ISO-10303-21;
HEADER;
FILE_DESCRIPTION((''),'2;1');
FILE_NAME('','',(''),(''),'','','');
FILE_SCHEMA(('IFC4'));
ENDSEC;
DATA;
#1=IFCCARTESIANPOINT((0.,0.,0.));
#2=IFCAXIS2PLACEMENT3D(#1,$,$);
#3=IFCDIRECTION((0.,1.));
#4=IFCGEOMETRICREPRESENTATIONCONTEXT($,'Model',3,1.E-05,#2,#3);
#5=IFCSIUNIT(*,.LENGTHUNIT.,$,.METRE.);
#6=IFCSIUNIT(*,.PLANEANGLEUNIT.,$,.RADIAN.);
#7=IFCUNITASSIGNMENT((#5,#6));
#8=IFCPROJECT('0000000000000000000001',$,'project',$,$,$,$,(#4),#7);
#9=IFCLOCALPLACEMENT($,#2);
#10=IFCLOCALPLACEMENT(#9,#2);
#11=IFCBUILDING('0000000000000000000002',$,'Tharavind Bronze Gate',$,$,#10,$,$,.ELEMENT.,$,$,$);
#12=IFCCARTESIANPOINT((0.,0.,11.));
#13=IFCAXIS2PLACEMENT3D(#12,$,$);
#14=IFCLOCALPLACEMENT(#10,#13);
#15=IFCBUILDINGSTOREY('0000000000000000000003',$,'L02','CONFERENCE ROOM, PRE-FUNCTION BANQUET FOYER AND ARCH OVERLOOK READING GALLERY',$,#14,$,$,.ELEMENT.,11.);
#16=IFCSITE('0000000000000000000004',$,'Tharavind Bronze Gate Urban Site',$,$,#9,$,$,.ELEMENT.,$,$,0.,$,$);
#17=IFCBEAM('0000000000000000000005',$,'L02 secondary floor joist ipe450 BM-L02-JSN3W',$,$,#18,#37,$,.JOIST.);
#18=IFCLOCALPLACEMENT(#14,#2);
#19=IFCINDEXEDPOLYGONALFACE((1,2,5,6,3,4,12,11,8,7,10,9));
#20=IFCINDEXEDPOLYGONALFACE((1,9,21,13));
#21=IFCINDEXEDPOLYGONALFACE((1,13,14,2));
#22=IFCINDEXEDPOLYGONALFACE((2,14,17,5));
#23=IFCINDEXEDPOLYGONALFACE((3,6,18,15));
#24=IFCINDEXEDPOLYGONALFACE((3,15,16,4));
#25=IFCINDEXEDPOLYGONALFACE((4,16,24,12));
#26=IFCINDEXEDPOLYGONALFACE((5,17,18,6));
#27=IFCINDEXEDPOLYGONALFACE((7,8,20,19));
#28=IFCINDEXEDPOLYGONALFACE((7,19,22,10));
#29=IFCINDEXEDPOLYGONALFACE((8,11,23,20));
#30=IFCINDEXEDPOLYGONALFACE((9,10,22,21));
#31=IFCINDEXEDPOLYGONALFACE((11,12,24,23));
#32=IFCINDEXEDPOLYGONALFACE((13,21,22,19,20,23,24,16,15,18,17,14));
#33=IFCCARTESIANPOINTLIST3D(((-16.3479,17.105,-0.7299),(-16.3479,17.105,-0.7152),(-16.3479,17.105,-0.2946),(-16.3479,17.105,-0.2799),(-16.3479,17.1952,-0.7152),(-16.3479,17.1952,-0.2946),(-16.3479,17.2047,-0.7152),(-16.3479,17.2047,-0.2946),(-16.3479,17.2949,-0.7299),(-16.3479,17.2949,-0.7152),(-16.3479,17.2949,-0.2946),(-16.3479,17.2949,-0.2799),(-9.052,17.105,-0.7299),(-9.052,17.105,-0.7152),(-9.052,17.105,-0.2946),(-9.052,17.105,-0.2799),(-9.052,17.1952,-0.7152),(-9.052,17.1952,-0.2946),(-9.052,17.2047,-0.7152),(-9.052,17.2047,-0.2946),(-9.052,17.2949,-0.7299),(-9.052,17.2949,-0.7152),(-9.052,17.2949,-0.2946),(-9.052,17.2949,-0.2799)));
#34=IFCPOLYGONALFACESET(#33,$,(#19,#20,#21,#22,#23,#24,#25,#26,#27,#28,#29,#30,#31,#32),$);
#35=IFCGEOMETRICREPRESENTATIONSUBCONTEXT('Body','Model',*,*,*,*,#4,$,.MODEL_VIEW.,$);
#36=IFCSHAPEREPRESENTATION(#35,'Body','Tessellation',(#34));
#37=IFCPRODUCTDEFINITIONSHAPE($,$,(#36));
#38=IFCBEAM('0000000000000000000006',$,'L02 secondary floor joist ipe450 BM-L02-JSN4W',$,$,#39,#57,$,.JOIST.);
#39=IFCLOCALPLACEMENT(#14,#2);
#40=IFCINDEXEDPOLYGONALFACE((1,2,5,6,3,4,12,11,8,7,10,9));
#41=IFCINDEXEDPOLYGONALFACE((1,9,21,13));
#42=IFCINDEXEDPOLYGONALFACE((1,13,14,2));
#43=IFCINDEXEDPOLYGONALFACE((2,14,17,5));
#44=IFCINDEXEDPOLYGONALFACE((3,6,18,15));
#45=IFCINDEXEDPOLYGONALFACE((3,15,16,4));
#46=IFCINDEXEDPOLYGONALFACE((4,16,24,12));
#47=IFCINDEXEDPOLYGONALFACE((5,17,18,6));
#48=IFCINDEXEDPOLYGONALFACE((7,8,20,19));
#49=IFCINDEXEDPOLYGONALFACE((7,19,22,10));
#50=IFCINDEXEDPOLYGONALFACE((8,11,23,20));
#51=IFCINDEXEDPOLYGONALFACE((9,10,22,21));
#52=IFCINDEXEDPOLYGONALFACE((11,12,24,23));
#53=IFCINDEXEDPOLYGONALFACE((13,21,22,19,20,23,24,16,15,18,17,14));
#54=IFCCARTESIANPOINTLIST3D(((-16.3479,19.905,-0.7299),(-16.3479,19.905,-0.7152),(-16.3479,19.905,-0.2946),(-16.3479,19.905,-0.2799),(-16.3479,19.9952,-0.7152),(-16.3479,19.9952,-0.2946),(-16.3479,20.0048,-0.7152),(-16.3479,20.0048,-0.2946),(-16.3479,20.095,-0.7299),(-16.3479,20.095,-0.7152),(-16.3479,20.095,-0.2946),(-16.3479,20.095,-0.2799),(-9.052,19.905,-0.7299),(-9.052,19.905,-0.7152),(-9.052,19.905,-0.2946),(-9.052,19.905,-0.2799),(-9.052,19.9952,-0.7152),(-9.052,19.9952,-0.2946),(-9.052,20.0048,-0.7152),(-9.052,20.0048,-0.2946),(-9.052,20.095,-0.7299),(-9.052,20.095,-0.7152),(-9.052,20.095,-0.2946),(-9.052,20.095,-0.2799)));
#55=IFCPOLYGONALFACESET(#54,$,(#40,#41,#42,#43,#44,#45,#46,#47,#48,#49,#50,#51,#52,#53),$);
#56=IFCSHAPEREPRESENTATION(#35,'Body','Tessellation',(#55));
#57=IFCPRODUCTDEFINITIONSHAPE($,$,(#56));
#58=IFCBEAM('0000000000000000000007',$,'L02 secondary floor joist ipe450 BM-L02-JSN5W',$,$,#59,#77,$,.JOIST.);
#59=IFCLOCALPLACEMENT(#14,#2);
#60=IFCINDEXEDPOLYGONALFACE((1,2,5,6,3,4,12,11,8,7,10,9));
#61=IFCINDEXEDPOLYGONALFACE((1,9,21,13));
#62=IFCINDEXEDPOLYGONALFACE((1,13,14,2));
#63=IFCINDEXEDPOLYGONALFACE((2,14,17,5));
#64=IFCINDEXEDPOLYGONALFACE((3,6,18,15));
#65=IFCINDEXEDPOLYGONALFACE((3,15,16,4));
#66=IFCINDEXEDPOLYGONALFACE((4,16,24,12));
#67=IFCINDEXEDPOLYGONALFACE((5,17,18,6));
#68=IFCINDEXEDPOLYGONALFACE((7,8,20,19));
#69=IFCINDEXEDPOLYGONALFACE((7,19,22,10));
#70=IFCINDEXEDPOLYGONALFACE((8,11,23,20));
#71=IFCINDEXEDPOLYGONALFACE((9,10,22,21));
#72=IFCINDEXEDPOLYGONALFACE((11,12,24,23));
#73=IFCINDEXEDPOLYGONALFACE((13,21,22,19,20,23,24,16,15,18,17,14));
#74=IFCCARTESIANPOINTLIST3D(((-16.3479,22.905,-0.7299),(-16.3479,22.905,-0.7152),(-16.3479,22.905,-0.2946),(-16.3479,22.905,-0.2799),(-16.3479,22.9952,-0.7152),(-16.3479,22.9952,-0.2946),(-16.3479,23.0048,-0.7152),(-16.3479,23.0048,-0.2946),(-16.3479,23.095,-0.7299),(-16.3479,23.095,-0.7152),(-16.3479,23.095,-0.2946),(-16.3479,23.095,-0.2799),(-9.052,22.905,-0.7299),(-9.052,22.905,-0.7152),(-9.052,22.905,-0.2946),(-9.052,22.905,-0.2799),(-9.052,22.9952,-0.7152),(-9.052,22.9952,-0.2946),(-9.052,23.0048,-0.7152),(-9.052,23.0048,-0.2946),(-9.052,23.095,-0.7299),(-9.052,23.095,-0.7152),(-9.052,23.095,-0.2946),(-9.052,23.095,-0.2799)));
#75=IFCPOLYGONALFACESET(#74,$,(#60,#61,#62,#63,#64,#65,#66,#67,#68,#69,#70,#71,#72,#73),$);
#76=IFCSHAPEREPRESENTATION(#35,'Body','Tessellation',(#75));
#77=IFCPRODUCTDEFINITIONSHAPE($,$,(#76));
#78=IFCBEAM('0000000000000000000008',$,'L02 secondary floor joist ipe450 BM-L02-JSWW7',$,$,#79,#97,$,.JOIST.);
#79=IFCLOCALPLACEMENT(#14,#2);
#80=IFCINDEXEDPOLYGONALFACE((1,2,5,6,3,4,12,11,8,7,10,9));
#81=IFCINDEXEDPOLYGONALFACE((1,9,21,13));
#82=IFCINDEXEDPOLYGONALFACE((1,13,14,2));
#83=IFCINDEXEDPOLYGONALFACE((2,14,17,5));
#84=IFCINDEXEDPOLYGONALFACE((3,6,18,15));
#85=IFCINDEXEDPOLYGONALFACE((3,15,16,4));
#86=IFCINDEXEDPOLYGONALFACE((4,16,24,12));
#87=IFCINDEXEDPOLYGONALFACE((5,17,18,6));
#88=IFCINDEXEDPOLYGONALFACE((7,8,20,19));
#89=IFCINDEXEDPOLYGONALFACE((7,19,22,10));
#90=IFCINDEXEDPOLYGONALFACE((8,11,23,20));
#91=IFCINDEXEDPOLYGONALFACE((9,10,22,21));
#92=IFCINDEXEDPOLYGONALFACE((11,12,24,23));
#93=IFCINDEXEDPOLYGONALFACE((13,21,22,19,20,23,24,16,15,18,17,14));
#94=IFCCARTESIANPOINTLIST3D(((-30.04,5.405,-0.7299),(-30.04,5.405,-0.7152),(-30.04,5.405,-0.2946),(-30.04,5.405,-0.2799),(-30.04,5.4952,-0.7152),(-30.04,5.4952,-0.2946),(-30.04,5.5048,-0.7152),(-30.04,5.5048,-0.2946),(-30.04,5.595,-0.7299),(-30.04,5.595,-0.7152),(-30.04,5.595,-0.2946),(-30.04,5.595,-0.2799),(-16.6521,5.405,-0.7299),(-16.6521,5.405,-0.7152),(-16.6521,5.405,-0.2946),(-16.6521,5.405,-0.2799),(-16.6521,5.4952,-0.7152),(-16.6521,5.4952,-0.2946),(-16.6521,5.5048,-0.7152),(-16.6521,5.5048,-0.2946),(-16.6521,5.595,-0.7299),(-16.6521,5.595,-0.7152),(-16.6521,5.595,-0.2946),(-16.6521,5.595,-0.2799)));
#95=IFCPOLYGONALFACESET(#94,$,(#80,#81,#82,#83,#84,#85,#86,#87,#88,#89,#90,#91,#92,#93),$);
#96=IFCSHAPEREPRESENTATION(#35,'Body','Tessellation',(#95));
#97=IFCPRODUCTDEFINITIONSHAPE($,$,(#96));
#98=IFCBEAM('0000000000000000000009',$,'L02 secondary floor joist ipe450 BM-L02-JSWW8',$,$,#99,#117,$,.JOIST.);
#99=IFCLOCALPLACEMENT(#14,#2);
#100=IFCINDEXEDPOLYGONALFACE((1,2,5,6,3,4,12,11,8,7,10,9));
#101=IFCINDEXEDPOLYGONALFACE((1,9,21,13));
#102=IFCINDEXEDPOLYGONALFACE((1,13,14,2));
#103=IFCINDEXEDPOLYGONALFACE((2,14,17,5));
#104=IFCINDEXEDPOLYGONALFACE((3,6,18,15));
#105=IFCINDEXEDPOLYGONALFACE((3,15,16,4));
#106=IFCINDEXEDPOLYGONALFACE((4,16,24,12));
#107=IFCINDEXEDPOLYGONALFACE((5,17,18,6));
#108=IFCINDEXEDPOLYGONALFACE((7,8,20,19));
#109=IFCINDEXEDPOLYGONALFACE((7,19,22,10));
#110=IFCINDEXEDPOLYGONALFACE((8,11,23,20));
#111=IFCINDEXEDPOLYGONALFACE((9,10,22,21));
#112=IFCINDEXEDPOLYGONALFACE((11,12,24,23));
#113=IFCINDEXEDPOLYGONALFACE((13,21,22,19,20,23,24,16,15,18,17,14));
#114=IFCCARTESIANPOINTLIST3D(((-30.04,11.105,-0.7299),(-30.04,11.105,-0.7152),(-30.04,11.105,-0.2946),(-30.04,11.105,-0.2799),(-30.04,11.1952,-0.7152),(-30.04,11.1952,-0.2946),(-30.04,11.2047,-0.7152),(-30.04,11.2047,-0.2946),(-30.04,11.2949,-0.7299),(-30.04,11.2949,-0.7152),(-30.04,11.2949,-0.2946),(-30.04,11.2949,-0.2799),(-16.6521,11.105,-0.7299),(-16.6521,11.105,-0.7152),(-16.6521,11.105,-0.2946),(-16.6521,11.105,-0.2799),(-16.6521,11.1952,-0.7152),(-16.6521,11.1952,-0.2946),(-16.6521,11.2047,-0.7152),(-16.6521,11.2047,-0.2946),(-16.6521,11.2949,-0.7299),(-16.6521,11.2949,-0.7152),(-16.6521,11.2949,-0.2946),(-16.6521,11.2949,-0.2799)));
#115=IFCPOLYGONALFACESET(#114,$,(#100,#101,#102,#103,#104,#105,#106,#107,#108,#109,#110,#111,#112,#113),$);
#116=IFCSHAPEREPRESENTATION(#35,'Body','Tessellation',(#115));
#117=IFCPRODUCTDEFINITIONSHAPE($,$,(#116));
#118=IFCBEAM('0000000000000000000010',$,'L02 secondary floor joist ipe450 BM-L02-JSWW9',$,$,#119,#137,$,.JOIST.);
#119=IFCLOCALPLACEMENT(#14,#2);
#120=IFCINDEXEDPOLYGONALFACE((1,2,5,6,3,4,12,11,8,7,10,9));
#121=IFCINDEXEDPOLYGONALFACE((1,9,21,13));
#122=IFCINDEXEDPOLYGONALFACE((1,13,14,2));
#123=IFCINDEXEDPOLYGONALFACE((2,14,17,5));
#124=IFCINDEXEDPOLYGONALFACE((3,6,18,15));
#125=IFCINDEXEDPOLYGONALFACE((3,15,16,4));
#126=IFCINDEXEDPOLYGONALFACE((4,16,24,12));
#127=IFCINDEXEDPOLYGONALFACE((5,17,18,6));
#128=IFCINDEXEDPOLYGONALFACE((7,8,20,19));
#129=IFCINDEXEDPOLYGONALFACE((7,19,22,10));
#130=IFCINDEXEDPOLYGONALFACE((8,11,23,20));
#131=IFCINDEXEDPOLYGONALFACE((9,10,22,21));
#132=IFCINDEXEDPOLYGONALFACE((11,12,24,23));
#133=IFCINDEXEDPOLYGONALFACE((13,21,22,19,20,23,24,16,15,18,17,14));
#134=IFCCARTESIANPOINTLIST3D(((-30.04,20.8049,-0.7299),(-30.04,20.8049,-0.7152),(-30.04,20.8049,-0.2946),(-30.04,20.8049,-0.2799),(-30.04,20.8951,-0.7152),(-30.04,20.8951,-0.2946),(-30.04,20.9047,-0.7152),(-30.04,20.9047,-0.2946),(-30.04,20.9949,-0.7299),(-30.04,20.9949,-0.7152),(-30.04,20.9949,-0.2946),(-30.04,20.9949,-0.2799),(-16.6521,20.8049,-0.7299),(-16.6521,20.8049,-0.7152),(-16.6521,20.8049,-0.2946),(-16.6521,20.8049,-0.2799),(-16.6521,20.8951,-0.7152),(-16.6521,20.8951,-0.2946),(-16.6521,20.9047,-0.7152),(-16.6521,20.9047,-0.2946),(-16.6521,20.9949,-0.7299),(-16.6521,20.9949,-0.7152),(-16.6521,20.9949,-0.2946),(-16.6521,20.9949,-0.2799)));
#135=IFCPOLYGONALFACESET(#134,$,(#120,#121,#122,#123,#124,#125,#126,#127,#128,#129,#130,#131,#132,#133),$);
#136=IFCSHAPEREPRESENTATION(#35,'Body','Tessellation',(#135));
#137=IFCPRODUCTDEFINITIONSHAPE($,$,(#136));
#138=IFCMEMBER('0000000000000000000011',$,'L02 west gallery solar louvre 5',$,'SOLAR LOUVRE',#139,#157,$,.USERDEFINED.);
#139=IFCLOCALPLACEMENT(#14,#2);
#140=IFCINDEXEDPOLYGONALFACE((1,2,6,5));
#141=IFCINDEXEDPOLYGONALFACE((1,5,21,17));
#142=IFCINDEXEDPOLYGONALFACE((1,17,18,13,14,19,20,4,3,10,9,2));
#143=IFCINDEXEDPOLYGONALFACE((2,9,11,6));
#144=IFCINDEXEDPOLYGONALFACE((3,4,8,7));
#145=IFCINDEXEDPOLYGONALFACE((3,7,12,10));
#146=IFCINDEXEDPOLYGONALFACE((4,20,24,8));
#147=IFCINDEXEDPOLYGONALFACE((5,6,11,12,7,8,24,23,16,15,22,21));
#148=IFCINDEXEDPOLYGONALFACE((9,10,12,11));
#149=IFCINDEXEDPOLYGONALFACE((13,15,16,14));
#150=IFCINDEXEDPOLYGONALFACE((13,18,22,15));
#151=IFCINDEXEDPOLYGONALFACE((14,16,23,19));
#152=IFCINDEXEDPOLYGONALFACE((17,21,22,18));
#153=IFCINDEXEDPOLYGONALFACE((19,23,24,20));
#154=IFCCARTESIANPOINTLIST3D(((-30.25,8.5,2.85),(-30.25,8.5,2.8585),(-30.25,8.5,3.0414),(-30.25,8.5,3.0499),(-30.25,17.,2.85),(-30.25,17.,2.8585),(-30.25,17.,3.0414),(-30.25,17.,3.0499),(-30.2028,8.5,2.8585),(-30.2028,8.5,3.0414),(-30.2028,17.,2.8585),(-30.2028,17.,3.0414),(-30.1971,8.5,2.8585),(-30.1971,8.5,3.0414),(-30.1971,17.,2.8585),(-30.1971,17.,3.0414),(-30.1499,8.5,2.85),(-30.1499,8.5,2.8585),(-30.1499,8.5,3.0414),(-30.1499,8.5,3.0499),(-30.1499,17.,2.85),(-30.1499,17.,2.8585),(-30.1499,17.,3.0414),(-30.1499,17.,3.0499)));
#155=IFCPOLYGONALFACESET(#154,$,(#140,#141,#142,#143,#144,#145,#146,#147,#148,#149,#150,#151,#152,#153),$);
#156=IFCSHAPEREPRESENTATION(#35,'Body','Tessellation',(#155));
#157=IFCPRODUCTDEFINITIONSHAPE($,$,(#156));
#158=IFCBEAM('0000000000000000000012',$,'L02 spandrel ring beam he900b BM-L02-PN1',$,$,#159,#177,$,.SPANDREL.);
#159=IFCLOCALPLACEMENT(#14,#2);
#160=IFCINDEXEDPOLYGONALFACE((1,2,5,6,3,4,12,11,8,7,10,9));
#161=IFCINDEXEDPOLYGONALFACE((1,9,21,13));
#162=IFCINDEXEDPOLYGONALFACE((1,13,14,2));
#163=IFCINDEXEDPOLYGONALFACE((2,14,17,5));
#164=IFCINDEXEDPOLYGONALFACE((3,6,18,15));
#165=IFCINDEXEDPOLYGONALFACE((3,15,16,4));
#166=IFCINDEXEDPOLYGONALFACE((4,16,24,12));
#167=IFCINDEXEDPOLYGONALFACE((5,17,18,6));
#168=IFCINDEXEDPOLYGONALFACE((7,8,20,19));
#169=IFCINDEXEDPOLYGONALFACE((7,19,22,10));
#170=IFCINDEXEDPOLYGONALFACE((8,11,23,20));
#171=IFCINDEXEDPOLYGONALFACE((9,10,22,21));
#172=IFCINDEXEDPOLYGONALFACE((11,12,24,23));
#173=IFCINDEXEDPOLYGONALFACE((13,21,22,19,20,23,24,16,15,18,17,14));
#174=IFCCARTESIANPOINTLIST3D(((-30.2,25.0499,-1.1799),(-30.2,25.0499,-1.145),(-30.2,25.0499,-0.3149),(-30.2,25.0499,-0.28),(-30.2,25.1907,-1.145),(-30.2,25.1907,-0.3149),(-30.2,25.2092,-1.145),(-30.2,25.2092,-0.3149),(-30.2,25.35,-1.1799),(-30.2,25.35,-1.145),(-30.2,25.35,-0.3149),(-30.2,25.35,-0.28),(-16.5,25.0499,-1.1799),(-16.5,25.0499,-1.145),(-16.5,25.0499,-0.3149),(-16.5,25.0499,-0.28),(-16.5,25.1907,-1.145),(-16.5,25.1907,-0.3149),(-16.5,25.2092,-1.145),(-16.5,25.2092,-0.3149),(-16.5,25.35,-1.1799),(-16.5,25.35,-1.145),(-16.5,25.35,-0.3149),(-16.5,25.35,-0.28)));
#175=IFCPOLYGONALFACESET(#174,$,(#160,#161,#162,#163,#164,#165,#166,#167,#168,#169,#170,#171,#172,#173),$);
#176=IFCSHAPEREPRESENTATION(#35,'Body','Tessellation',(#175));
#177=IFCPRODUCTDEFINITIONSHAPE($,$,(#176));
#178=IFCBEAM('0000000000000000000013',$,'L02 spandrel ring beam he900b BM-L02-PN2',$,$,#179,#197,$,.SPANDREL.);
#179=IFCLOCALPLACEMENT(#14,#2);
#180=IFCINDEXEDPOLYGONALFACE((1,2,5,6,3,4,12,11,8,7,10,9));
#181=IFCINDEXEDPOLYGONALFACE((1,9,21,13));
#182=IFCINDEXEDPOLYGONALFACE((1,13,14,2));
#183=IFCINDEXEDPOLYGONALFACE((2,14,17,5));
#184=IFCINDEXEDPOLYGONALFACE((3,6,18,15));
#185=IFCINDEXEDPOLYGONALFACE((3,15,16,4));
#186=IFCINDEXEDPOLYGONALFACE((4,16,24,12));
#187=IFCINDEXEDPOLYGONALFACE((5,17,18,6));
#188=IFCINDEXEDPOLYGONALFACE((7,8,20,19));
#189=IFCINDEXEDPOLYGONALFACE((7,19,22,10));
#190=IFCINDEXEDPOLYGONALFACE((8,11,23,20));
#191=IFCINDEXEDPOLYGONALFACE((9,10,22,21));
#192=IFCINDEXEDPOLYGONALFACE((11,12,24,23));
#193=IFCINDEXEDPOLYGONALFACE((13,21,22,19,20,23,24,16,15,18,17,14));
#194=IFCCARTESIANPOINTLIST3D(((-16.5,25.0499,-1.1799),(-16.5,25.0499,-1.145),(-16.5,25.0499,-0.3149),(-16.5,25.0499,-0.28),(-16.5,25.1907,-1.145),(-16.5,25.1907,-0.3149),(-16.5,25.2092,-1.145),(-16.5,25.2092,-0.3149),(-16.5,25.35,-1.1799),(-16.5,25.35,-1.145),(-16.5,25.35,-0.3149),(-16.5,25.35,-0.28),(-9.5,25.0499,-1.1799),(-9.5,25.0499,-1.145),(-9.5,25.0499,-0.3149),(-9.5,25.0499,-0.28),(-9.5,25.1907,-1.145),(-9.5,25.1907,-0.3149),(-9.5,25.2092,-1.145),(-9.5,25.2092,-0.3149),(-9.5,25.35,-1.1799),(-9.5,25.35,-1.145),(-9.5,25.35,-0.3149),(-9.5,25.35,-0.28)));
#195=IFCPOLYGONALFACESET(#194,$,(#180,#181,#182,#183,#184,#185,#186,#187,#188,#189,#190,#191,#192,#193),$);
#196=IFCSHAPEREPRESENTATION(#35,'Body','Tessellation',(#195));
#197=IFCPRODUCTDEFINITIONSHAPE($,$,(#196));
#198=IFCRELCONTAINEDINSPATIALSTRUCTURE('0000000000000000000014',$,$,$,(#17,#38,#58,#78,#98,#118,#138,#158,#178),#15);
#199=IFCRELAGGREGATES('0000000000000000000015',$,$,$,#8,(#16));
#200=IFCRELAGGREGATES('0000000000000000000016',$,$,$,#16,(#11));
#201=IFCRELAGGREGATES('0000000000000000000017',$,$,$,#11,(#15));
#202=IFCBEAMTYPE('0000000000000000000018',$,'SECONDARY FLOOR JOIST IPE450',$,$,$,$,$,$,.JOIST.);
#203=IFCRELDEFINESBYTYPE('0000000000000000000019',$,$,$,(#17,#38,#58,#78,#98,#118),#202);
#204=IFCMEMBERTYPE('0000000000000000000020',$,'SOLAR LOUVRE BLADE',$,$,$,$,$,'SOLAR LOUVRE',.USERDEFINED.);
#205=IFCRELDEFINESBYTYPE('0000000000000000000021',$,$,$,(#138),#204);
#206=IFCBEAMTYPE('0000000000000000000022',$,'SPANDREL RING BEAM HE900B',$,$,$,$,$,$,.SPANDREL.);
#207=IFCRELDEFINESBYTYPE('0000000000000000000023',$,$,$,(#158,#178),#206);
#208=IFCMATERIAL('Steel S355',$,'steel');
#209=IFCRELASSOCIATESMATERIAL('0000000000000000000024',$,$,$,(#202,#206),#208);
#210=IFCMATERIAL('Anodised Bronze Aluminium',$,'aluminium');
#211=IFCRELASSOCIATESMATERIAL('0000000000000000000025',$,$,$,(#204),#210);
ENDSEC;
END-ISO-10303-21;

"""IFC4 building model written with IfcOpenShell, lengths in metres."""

from ifc_helpers import new_model, si_unit, direction, frame, origin, origin_2d, place, context, subcontext, project, spatial, i_section, extrude, material, material_profile, profile_set, type_object, element, save


model = new_model("IFC4")

# Units and contexts
model_context = context("Model", 3, precision=1e-05, world=origin(), true_north=direction((0.0, 1.0)))
body_context = subcontext(model_context, "Body", "Model", "MODEL_VIEW")
ifc_project = project(units=[si_unit("LENGTHUNIT", "METRE"), si_unit("PLANEANGLEUNIT", "RADIAN")], contexts=[model_context])

# Site, building, storey
site_placement = place(None, origin())
site = spatial("IfcSite", under=ifc_project, at=site_placement, Name="Tharavind Bronze Gate Urban Site", CompositionType="ELEMENT", RefElevation=0.0)
building_placement = place(site_placement, origin())
building = spatial("IfcBuilding", under=site, at=building_placement, Name="Tharavind Bronze Gate", CompositionType="ELEMENT")
storey_placement = place(building_placement, frame((0.0, 0.0, 11.0)))
storey = spatial("IfcBuildingStorey", under=building, at=storey_placement, Name="L02", Description="CONFERENCE ROOM, PRE-FUNCTION BANQUET FOYER AND ARCH OVERLOOK READING GALLERY", CompositionType="ELEMENT", Elevation=11.0)

# Beams
ifc_material_1 = material(Name="Steel S355", Category="steel")
ifc_material_profile_1 = material_profile(ifc_material_1, i_section(OverallWidth=0.1899, OverallDepth=0.45, WebThickness=0.0095, FlangeThickness=0.0146, at=origin_2d()), Name="IPE450")
ifc_profile_set_1 = profile_set([ifc_material_profile_1], Name="Steel S355")
beam_type_1 = type_object("IfcBeamType", Name="SECONDARY FLOOR JOIST IPE450", PredefinedType="JOIST", material=ifc_profile_set_1)
for number, where, z_axis, x_axis, name in (
    (1, (-16.3479, 17.2, -0.5049), (1.0, 0.0, 0.0), (0.0, 1.0, 0.0), "L02 secondary floor joist ipe450 BM-L02-JSN3W"),
    (2, (-16.3479, 20.0, -0.5049), (1.0, 0.0, 0.0), (0.0, 1.0, 0.0), "L02 secondary floor joist ipe450 BM-L02-JSN4W"),
    (3, (-16.3479, 23.0, -0.5049), (1.0, 0.0, 0.0), (0.0, 1.0, 0.0), "L02 secondary floor joist ipe450 BM-L02-JSN5W"),
):
    element("IfcBeam", number, at=place(storey_placement, frame(where, z_axis=z_axis, x_axis=x_axis)), inside=storey, type_object=beam_type_1, Name=name, PredefinedType="JOIST", context=body_context, shape_type="SweptSolid", body=[
        extrude(i_section(OverallWidth=0.1899, OverallDepth=0.45, WebThickness=0.0095, FlangeThickness=0.0146, at=origin_2d()), origin(), (0.0, 0.0, 1.0), 7.2959),
    ])
for number, where, z_axis, x_axis, name in (
    (4, (-30.04, 5.5, -0.5049), (1.0, 0.0, 0.0), (0.0, 1.0, 0.0), "L02 secondary floor joist ipe450 BM-L02-JSWW7"),
    (5, (-30.04, 11.2, -0.5049), (1.0, 0.0, 0.0), (0.0, 1.0, 0.0), "L02 secondary floor joist ipe450 BM-L02-JSWW8"),
    (6, (-30.04, 20.8999, -0.5049), (1.0, 0.0, 0.0), (0.0, 1.0, 0.0), "L02 secondary floor joist ipe450 BM-L02-JSWW9"),
):
    element("IfcBeam", number, at=place(storey_placement, frame(where, z_axis=z_axis, x_axis=x_axis)), inside=storey, type_object=beam_type_1, Name=name, PredefinedType="JOIST", context=body_context, shape_type="SweptSolid", body=[
        extrude(i_section(OverallWidth=0.1899, OverallDepth=0.45, WebThickness=0.0095, FlangeThickness=0.0146, at=origin_2d()), origin(), (0.0, 0.0, 1.0), 13.3879),
    ])

# Member
ifc_material_2 = material(Name="Anodised Bronze Aluminium", Category="aluminium")
ifc_material_profile_2 = material_profile(ifc_material_2, i_section(OverallWidth=0.1001, OverallDepth=0.2, WebThickness=0.0056, FlangeThickness=0.0085, at=origin_2d()), Name="IPE200")
ifc_profile_set_2 = profile_set([ifc_material_profile_2], Name="Anodised Bronze Aluminium")
member_type = type_object("IfcMemberType", Name="SOLAR LOUVRE BLADE", ElementType="SOLAR LOUVRE", PredefinedType="USERDEFINED", material=ifc_profile_set_2)
member_placement = place(storey_placement, frame((-30.2, 8.5, 2.95), z_axis=(0.0, 1.0, 0.0), x_axis=(-1.0, 0.0, 0.0)))
element("IfcMember", 7, at=member_placement, inside=storey, type_object=member_type, Name="L02 west gallery solar louvre 5", ObjectType="SOLAR LOUVRE", PredefinedType="USERDEFINED", context=body_context, shape_type="SweptSolid", body=[
    extrude(i_section(OverallWidth=0.1001, OverallDepth=0.2, WebThickness=0.0056, FlangeThickness=0.0085, at=origin_2d()), origin(), (0.0, 0.0, 1.0), 8.5),
])

# Beams
ifc_material_profile_3 = material_profile(ifc_material_1, i_section(OverallWidth=0.3, OverallDepth=0.8999, WebThickness=0.0186, FlangeThickness=0.0349, at=origin_2d()), Name="HE900B")
ifc_profile_set_3 = profile_set([ifc_material_profile_3], Name="Steel S355")
beam_type_2 = type_object("IfcBeamType", Name="SPANDREL RING BEAM HE900B", PredefinedType="SPANDREL", material=ifc_profile_set_3)
beam_1_placement = place(storey_placement, frame((-30.2, 25.2, -0.73), z_axis=(1.0, 0.0, 0.0), x_axis=(0.0, 1.0, 0.0)))
element("IfcBeam", 8, at=beam_1_placement, inside=storey, type_object=beam_type_2, Name="L02 spandrel ring beam he900b BM-L02-PN1", PredefinedType="SPANDREL", context=body_context, shape_type="SweptSolid", body=[
    extrude(i_section(OverallWidth=0.3, OverallDepth=0.8999, WebThickness=0.0186, FlangeThickness=0.0349, at=origin_2d()), origin(), (0.0, 0.0, 1.0), 13.7),
])
beam_2_placement = place(storey_placement, frame((-16.5, 25.2, -0.73), z_axis=(1.0, 0.0, 0.0), x_axis=(0.0, 1.0, 0.0)))
element("IfcBeam", 9, at=beam_2_placement, inside=storey, type_object=beam_type_2, Name="L02 spandrel ring beam he900b BM-L02-PN2", PredefinedType="SPANDREL", context=body_context, shape_type="SweptSolid", body=[
    extrude(i_section(OverallWidth=0.3, OverallDepth=0.8999, WebThickness=0.0186, FlangeThickness=0.0349, at=origin_2d()), origin(), (0.0, 0.0, 1.0), 7.0),
])

save(model, "model.ifc")
